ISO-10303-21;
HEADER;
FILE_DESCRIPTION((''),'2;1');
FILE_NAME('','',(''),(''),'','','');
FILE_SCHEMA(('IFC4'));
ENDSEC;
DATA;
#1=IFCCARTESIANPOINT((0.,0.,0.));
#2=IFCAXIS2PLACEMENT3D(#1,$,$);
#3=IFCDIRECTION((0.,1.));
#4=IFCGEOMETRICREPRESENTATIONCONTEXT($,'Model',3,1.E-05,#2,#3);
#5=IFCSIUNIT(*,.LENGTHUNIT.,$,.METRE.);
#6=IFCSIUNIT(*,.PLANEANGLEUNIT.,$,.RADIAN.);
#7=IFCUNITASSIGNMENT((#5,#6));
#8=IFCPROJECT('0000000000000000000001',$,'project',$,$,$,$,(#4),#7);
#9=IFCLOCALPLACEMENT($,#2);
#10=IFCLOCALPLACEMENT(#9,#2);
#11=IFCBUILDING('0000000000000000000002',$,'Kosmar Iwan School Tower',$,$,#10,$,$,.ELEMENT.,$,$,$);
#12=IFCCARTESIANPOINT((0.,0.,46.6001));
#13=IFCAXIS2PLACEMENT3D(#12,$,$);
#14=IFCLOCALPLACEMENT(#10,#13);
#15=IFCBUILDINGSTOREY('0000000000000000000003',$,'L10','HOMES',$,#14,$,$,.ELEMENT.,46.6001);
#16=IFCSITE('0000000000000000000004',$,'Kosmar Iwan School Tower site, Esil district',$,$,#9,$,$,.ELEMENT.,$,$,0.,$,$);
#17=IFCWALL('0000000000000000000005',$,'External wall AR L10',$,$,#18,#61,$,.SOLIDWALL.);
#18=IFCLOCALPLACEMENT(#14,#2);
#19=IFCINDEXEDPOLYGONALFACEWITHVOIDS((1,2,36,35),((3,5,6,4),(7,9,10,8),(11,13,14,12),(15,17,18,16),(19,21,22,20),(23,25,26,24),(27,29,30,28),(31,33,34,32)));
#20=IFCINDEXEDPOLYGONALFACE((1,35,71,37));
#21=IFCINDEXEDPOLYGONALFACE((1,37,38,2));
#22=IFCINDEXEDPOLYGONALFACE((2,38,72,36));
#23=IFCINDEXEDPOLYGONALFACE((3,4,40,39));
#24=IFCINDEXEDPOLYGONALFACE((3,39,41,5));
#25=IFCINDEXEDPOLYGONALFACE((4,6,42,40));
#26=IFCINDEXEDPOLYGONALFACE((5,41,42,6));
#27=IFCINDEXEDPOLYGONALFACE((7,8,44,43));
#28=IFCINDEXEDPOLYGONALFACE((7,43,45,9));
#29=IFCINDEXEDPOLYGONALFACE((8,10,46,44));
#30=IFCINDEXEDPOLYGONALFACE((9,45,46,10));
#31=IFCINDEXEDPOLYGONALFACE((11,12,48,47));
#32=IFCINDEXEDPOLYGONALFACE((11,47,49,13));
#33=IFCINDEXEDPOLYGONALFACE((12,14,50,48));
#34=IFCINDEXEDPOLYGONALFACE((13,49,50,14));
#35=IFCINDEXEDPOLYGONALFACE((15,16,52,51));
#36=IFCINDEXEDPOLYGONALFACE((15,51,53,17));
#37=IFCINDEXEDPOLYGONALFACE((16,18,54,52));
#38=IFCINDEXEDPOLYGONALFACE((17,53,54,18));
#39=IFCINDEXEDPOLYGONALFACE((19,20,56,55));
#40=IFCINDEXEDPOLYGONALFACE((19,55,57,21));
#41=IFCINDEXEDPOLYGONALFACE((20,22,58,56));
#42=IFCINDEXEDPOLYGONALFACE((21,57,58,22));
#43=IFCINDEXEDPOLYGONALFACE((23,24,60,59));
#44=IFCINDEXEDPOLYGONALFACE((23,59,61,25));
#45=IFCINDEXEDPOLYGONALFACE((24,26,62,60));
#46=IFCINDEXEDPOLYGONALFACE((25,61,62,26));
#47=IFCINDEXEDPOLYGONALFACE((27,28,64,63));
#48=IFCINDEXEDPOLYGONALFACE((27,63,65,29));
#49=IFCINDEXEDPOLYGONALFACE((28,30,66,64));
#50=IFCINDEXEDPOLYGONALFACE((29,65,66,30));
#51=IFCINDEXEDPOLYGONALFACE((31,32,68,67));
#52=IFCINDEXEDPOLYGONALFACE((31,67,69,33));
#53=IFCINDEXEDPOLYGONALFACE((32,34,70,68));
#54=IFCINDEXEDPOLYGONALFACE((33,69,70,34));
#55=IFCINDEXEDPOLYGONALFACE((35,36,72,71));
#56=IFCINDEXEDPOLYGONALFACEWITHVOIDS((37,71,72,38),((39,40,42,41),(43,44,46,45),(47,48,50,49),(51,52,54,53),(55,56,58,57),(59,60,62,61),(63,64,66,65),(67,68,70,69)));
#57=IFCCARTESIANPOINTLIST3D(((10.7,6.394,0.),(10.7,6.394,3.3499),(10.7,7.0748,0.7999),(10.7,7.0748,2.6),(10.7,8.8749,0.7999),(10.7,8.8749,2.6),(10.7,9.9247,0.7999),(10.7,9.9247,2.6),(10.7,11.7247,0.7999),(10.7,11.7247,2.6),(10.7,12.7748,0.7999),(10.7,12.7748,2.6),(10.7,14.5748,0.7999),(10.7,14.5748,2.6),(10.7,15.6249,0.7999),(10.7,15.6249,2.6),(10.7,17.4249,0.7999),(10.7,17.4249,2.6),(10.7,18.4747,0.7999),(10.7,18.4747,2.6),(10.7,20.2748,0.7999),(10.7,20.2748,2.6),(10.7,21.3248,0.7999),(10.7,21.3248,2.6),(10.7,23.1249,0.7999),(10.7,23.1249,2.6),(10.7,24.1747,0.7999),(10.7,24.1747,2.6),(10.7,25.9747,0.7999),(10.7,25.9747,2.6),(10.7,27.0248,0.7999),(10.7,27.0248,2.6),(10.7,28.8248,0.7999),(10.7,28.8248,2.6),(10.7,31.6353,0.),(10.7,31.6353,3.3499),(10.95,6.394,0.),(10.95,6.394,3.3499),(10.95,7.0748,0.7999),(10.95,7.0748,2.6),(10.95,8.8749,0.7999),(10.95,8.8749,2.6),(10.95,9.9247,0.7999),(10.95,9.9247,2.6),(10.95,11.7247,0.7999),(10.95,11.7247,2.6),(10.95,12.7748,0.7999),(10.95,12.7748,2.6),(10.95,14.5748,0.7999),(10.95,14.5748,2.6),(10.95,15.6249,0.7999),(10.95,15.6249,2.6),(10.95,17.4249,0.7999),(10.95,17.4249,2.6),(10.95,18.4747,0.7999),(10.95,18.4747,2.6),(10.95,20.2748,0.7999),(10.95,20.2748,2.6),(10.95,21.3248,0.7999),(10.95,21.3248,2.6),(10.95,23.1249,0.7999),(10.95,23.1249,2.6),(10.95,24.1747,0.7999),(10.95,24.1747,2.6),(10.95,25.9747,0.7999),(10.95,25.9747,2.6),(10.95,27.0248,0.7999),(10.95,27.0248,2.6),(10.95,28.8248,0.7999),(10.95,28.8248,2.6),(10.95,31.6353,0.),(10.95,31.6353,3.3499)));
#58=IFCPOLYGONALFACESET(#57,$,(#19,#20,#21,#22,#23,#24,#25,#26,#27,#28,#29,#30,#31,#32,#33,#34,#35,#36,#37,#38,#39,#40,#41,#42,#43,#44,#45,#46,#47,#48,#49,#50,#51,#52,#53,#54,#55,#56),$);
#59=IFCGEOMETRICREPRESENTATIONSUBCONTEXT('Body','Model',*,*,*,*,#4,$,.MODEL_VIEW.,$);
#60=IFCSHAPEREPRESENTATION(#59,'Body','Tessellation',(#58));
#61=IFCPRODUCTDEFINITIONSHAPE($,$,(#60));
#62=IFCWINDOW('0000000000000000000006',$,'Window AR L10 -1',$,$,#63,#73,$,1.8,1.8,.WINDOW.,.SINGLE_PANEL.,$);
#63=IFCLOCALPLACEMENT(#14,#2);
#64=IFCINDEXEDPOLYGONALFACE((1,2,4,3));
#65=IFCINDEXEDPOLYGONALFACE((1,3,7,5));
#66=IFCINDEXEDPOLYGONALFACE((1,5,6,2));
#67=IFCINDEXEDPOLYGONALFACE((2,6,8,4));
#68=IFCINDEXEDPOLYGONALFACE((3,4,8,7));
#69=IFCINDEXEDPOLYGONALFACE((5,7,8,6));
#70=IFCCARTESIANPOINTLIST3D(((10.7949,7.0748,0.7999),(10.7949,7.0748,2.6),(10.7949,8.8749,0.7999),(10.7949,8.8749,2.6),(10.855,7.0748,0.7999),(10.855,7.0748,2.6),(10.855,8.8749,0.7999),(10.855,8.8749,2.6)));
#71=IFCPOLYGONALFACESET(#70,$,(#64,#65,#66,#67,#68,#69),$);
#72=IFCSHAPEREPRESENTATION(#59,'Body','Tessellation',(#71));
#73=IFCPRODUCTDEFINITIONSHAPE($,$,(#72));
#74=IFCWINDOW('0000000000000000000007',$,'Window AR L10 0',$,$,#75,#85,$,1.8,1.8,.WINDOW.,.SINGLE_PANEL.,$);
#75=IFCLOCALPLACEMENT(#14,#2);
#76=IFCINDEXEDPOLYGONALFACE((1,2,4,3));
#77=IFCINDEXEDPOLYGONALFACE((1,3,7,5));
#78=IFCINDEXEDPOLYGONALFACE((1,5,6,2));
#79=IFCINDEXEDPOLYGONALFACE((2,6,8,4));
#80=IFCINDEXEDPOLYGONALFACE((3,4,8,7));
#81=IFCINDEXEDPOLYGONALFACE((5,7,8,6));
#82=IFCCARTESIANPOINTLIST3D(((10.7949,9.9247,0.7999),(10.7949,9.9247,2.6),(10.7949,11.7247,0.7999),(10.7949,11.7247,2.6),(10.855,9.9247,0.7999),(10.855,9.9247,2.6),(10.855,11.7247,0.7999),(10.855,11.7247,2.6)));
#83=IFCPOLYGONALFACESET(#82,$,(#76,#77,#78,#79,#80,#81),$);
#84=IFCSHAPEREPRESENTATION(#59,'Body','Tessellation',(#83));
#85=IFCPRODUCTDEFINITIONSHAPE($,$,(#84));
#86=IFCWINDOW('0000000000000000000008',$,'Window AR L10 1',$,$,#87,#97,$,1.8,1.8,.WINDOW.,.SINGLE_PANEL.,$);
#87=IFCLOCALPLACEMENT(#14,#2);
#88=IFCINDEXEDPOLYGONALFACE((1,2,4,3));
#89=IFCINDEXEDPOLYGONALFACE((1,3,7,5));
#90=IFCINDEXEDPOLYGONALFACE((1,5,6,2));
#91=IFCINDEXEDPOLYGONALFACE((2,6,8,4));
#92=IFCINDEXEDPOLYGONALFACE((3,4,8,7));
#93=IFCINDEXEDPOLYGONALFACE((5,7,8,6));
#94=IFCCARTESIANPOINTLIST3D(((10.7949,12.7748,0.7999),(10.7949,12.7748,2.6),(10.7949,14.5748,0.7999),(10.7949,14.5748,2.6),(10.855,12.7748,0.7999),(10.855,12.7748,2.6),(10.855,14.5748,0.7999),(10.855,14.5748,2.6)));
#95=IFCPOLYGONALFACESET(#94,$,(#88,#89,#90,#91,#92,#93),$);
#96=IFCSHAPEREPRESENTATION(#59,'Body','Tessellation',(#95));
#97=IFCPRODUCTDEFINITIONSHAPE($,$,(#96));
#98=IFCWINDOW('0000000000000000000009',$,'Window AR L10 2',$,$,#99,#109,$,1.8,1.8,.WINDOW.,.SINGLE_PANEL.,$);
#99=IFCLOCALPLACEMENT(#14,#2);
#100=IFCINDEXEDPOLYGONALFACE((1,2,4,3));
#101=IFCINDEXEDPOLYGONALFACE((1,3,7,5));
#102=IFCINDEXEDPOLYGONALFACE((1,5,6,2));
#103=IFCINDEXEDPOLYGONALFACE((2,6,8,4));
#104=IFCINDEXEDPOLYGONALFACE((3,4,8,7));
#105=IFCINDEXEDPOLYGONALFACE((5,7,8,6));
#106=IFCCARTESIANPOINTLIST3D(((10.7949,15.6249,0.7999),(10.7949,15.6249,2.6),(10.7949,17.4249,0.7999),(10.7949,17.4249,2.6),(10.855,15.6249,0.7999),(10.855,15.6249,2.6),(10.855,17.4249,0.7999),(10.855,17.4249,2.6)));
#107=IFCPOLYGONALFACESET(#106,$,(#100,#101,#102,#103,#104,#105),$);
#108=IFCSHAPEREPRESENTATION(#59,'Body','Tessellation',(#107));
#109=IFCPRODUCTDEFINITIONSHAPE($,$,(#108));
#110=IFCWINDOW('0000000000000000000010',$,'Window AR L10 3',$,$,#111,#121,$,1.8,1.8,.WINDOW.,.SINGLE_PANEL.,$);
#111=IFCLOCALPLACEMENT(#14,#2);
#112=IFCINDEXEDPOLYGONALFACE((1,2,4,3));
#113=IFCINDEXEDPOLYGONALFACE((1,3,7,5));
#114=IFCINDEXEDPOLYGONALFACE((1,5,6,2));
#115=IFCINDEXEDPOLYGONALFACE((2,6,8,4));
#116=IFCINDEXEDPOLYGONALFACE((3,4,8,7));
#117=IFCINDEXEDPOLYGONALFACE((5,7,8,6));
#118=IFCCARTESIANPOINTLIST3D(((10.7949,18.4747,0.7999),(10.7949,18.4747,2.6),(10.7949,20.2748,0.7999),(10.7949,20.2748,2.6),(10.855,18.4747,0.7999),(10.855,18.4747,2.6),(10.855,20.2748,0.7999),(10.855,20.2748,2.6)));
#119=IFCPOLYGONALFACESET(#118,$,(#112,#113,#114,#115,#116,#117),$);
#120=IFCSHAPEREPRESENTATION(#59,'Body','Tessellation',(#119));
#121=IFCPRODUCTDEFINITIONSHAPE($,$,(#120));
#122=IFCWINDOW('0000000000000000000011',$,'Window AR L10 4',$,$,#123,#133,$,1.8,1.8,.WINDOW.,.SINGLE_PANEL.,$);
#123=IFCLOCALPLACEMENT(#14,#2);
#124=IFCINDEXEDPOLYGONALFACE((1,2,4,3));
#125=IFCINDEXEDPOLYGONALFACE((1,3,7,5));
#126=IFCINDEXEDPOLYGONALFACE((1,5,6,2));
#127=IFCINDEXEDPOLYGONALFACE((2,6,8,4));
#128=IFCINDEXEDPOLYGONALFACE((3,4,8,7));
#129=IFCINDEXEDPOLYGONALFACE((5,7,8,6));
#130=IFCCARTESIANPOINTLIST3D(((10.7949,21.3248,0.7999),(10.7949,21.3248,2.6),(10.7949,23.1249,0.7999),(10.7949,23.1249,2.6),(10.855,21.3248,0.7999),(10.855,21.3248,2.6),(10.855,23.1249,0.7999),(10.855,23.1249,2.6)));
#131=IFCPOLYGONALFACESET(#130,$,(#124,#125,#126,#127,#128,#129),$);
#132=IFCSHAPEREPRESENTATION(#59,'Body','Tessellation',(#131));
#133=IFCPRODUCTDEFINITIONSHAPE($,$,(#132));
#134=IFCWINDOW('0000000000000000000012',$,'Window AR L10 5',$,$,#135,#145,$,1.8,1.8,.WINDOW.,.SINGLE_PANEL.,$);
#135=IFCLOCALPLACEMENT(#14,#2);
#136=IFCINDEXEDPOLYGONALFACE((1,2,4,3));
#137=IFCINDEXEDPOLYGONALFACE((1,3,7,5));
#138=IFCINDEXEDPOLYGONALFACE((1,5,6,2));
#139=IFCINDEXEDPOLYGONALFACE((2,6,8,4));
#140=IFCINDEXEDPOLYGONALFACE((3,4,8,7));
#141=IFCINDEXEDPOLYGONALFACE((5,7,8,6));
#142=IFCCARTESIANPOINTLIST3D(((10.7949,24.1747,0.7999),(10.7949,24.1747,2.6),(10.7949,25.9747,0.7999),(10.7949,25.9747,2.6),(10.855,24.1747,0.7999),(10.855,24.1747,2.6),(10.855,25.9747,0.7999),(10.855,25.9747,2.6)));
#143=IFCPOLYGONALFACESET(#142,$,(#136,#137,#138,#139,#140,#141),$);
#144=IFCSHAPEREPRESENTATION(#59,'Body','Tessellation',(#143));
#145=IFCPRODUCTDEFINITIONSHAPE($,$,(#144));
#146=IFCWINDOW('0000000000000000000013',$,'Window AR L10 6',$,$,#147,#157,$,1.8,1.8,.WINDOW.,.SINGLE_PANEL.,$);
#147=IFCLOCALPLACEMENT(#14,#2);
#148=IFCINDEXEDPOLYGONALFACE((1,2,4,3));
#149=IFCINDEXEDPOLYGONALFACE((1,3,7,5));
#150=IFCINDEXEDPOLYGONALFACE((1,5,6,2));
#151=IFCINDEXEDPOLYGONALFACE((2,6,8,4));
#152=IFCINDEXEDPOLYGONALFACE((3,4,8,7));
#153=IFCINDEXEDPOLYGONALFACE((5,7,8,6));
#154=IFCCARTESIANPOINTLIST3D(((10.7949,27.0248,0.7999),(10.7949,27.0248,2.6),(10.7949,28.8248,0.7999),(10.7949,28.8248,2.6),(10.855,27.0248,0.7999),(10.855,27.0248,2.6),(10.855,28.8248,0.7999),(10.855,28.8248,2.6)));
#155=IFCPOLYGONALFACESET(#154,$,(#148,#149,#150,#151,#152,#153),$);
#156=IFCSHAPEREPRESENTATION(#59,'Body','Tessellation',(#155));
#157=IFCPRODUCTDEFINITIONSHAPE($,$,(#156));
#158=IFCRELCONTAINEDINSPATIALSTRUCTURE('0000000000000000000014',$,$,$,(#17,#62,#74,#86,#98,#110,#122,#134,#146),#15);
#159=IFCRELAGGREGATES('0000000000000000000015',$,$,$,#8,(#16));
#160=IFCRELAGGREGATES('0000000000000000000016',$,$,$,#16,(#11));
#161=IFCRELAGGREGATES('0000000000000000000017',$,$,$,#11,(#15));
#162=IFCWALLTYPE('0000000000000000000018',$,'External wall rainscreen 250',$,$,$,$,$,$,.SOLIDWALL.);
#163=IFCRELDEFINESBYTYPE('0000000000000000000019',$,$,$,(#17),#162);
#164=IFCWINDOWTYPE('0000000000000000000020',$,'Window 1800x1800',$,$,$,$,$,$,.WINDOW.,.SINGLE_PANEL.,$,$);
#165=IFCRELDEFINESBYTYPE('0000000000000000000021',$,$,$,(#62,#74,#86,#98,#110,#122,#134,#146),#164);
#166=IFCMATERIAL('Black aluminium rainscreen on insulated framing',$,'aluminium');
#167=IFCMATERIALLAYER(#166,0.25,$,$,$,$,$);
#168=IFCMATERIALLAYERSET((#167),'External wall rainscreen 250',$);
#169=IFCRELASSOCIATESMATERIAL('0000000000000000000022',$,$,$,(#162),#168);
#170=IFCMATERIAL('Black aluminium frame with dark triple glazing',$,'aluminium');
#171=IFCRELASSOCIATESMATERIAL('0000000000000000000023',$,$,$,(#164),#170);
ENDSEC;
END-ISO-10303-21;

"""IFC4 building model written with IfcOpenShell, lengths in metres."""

from ifc_helpers import new_model, si_unit, direction, frame, frame_2d, origin, place, context, subcontext, project, spatial, rectangle, extrude, material, layer, layer_set, type_object, element, fill, save


model = new_model("IFC4")

# Units and contexts
model_context = context("Model", 3, precision=1e-05, world=origin(), true_north=direction((0.0, 1.0)))
body_context = subcontext(model_context, "Body", "Model", "MODEL_VIEW")
ifc_project = project(units=[si_unit("LENGTHUNIT", "METRE"), si_unit("PLANEANGLEUNIT", "RADIAN")], contexts=[model_context])

# Site, building, storey
site_placement = place(None, origin())
site = spatial("IfcSite", under=ifc_project, at=site_placement, Name="Kosmar Iwan School Tower site, Esil district", CompositionType="ELEMENT", RefElevation=0.0)
building_placement = place(site_placement, origin())
building = spatial("IfcBuilding", under=site, at=building_placement, Name="Kosmar Iwan School Tower", CompositionType="ELEMENT")
storey_placement = place(building_placement, frame((0.0, 0.0, 46.6001)))
storey = spatial("IfcBuildingStorey", under=building, at=storey_placement, Name="L10", Description="HOMES", CompositionType="ELEMENT", Elevation=46.6001)

# Wall, openings, windows
ifc_material_1 = material(Name="Black aluminium rainscreen on insulated framing", Category="aluminium")
ifc_layer = layer(ifc_material_1, 0.25)
ifc_layer_set = layer_set([ifc_layer], Name="External wall rainscreen 250")
wall_type = type_object("IfcWallType", Name="External wall rainscreen 250", PredefinedType="SOLIDWALL", material=ifc_layer_set)
ifc_material_2 = material(Name="Black aluminium frame with dark triple glazing", Category="aluminium")
window_type = type_object("IfcWindowType", Name="Window 1800x1800", PartitioningType="SINGLE_PANEL", PredefinedType="WINDOW", material=ifc_material_2)
wall_1_placement = place(storey_placement, frame((10.825, 6.394, 0.0), z_axis=(0.0, 0.0, 1.0), x_axis=(0.0, 1.0, 0.0)))
wall_1 = element("IfcWall", 1, at=wall_1_placement, inside=storey, type_object=wall_type, Name="External wall AR L10", PredefinedType="SOLIDWALL", context=body_context, shape_type="SweptSolid", body=[
    extrude(rectangle(XDim=25.2412, YDim=0.25, at=frame_2d((12.6206, 0.0))), origin(), (0.0, 0.0, 1.0), 3.3499),
])
opening_1_placement = place(wall_1_placement, frame((0.6809, 0.0, 0.8)))
opening_1 = element("IfcOpeningElement", 2, at=opening_1_placement, cuts=wall_1, PredefinedType="OPENING", context=body_context, shape_type="SweptSolid", body=[
    extrude(rectangle(XDim=1.8, YDim=1.8, at=frame_2d((0.8999, 0.8999))), frame((0.0, 0.137, 0.0), z_axis=(0.0, -1.0, 0.0), x_axis=(1.0, 0.0, 0.0)), (0.0, 0.0, 1.0), 0.2739),
])
opening_2_placement = place(wall_1_placement, frame((3.5308, 0.0, 0.8)))
opening_2 = element("IfcOpeningElement", 3, at=opening_2_placement, cuts=wall_1, PredefinedType="OPENING", context=body_context, shape_type="SweptSolid", body=[
    extrude(rectangle(XDim=1.8, YDim=1.8, at=frame_2d((0.8999, 0.8999))), frame((0.0, 0.137, 0.0), z_axis=(0.0, -1.0, 0.0), x_axis=(1.0, 0.0, 0.0)), (0.0, 0.0, 1.0), 0.2739),
])
opening_3_placement = place(wall_1_placement, frame((6.3809, 0.0, 0.8)))
opening_3 = element("IfcOpeningElement", 4, at=opening_3_placement, cuts=wall_1, PredefinedType="OPENING", context=body_context, shape_type="SweptSolid", body=[
    extrude(rectangle(XDim=1.8, YDim=1.8, at=frame_2d((0.8999, 0.8999))), frame((0.0, 0.137, 0.0), z_axis=(0.0, -1.0, 0.0), x_axis=(1.0, 0.0, 0.0)), (0.0, 0.0, 1.0), 0.2739),
])
opening_4_placement = place(wall_1_placement, frame((9.231, 0.0, 0.8)))
opening_4 = element("IfcOpeningElement", 5, at=opening_4_placement, cuts=wall_1, PredefinedType="OPENING", context=body_context, shape_type="SweptSolid", body=[
    extrude(rectangle(XDim=1.8, YDim=1.8, at=frame_2d((0.8999, 0.8999))), frame((0.0, 0.137, 0.0), z_axis=(0.0, -1.0, 0.0), x_axis=(1.0, 0.0, 0.0)), (0.0, 0.0, 1.0), 0.2739),
])
opening_5_placement = place(wall_1_placement, frame((12.0808, 0.0, 0.8)))
opening_5 = element("IfcOpeningElement", 6, at=opening_5_placement, cuts=wall_1, PredefinedType="OPENING", context=body_context, shape_type="SweptSolid", body=[
    extrude(rectangle(XDim=1.8, YDim=1.8, at=frame_2d((0.8999, 0.8999))), frame((0.0, 0.137, 0.0), z_axis=(0.0, -1.0, 0.0), x_axis=(1.0, 0.0, 0.0)), (0.0, 0.0, 1.0), 0.2739),
])
opening_6_placement = place(wall_1_placement, frame((14.9309, 0.0, 0.8)))
opening_6 = element("IfcOpeningElement", 7, at=opening_6_placement, cuts=wall_1, PredefinedType="OPENING", context=body_context, shape_type="SweptSolid", body=[
    extrude(rectangle(XDim=1.8, YDim=1.8, at=frame_2d((0.8999, 0.8999))), frame((0.0, 0.137, 0.0), z_axis=(0.0, -1.0, 0.0), x_axis=(1.0, 0.0, 0.0)), (0.0, 0.0, 1.0), 0.2739),
])
opening_7_placement = place(wall_1_placement, frame((17.7808, 0.0, 0.8)))
opening_7 = element("IfcOpeningElement", 8, at=opening_7_placement, cuts=wall_1, PredefinedType="OPENING", context=body_context, shape_type="SweptSolid", body=[
    extrude(rectangle(XDim=1.8, YDim=1.8, at=frame_2d((0.8999, 0.8999))), frame((0.0, 0.137, 0.0), z_axis=(0.0, -1.0, 0.0), x_axis=(1.0, 0.0, 0.0)), (0.0, 0.0, 1.0), 0.2739),
])
opening_8_placement = place(wall_1_placement, frame((20.6309, 0.0, 0.8)))
opening_8 = element("IfcOpeningElement", 9, at=opening_8_placement, cuts=wall_1, PredefinedType="OPENING", context=body_context, shape_type="SweptSolid", body=[
    extrude(rectangle(XDim=1.8, YDim=1.8, at=frame_2d((0.8999, 0.8999))), frame((0.0, 0.137, 0.0), z_axis=(0.0, -1.0, 0.0), x_axis=(1.0, 0.0, 0.0)), (0.0, 0.0, 1.0), 0.2739),
])
window_1_placement = place(opening_1_placement, origin())
window_1 = element("IfcWindow", 10, at=window_1_placement, inside=storey, type_object=window_type, Name="Window AR L10 -1", OverallHeight=1.8, OverallWidth=1.8, PartitioningType="SINGLE_PANEL", PredefinedType="WINDOW", context=body_context, shape_type="SweptSolid", body=[
    extrude(rectangle(XDim=1.8, YDim=1.8, at=frame_2d((0.8999, 0.8999))), frame((0.0, 0.03, 0.0), z_axis=(0.0, -1.0, 0.0), x_axis=(1.0, 0.0, 0.0)), (0.0, 0.0, 1.0), 0.0601),
])
fill(opening_1, window_1)
window_2_placement = place(opening_2_placement, origin())
window_2 = element("IfcWindow", 11, at=window_2_placement, inside=storey, type_object=window_type, Name="Window AR L10 0", OverallHeight=1.8, OverallWidth=1.8, PartitioningType="SINGLE_PANEL", PredefinedType="WINDOW", context=body_context, shape_type="SweptSolid", body=[
    extrude(rectangle(XDim=1.8, YDim=1.8, at=frame_2d((0.8999, 0.8999))), frame((0.0, 0.03, 0.0), z_axis=(0.0, -1.0, 0.0), x_axis=(1.0, 0.0, 0.0)), (0.0, 0.0, 1.0), 0.0601),
])
fill(opening_2, window_2)
window_3_placement = place(opening_3_placement, origin())
window_3 = element("IfcWindow", 12, at=window_3_placement, inside=storey, type_object=window_type, Name="Window AR L10 1", OverallHeight=1.8, OverallWidth=1.8, PartitioningType="SINGLE_PANEL", PredefinedType="WINDOW", context=body_context, shape_type="SweptSolid", body=[
    extrude(rectangle(XDim=1.8, YDim=1.8, at=frame_2d((0.8999, 0.8999))), frame((0.0, 0.03, 0.0), z_axis=(0.0, -1.0, 0.0), x_axis=(1.0, 0.0, 0.0)), (0.0, 0.0, 1.0), 0.0601),
])
fill(opening_3, window_3)
window_4_placement = place(opening_4_placement, origin())
window_4 = element("IfcWindow", 13, at=window_4_placement, inside=storey, type_object=window_type, Name="Window AR L10 2", OverallHeight=1.8, OverallWidth=1.8, PartitioningType="SINGLE_PANEL", PredefinedType="WINDOW", context=body_context, shape_type="SweptSolid", body=[
    extrude(rectangle(XDim=1.8, YDim=1.8, at=frame_2d((0.8999, 0.8999))), frame((0.0, 0.03, 0.0), z_axis=(0.0, -1.0, 0.0), x_axis=(1.0, 0.0, 0.0)), (0.0, 0.0, 1.0), 0.0601),
])
fill(opening_4, window_4)
window_5_placement = place(opening_5_placement, origin())
window_5 = element("IfcWindow", 14, at=window_5_placement, inside=storey, type_object=window_type, Name="Window AR L10 3", OverallHeight=1.8, OverallWidth=1.8, PartitioningType="SINGLE_PANEL", PredefinedType="WINDOW", context=body_context, shape_type="SweptSolid", body=[
    extrude(rectangle(XDim=1.8, YDim=1.8, at=frame_2d((0.8999, 0.8999))), frame((0.0, 0.03, 0.0), z_axis=(0.0, -1.0, 0.0), x_axis=(1.0, 0.0, 0.0)), (0.0, 0.0, 1.0), 0.0601),
])
fill(opening_5, window_5)
window_6_placement = place(opening_6_placement, origin())
window_6 = element("IfcWindow", 15, at=window_6_placement, inside=storey, type_object=window_type, Name="Window AR L10 4", OverallHeight=1.8, OverallWidth=1.8, PartitioningType="SINGLE_PANEL", PredefinedType="WINDOW", context=body_context, shape_type="SweptSolid", body=[
    extrude(rectangle(XDim=1.8, YDim=1.8, at=frame_2d((0.8999, 0.8999))), frame((0.0, 0.03, 0.0), z_axis=(0.0, -1.0, 0.0), x_axis=(1.0, 0.0, 0.0)), (0.0, 0.0, 1.0), 0.0601),
])
fill(opening_6, window_6)
window_7_placement = place(opening_7_placement, origin())
window_7 = element("IfcWindow", 16, at=window_7_placement, inside=storey, type_object=window_type, Name="Window AR L10 5", OverallHeight=1.8, OverallWidth=1.8, PartitioningType="SINGLE_PANEL", PredefinedType="WINDOW", context=body_context, shape_type="SweptSolid", body=[
    extrude(rectangle(XDim=1.8, YDim=1.8, at=frame_2d((0.8999, 0.8999))), frame((0.0, 0.03, 0.0), z_axis=(0.0, -1.0, 0.0), x_axis=(1.0, 0.0, 0.0)), (0.0, 0.0, 1.0), 0.0601),
])
fill(opening_7, window_7)
window_8_placement = place(opening_8_placement, origin())
window_8 = element("IfcWindow", 17, at=window_8_placement, inside=storey, type_object=window_type, Name="Window AR L10 6", OverallHeight=1.8, OverallWidth=1.8, PartitioningType="SINGLE_PANEL", PredefinedType="WINDOW", context=body_context, shape_type="SweptSolid", body=[
    extrude(rectangle(XDim=1.8, YDim=1.8, at=frame_2d((0.8999, 0.8999))), frame((0.0, 0.03, 0.0), z_axis=(0.0, -1.0, 0.0), x_axis=(1.0, 0.0, 0.0)), (0.0, 0.0, 1.0), 0.0601),
])
fill(opening_8, window_8)

save(model, "model.ifc")
